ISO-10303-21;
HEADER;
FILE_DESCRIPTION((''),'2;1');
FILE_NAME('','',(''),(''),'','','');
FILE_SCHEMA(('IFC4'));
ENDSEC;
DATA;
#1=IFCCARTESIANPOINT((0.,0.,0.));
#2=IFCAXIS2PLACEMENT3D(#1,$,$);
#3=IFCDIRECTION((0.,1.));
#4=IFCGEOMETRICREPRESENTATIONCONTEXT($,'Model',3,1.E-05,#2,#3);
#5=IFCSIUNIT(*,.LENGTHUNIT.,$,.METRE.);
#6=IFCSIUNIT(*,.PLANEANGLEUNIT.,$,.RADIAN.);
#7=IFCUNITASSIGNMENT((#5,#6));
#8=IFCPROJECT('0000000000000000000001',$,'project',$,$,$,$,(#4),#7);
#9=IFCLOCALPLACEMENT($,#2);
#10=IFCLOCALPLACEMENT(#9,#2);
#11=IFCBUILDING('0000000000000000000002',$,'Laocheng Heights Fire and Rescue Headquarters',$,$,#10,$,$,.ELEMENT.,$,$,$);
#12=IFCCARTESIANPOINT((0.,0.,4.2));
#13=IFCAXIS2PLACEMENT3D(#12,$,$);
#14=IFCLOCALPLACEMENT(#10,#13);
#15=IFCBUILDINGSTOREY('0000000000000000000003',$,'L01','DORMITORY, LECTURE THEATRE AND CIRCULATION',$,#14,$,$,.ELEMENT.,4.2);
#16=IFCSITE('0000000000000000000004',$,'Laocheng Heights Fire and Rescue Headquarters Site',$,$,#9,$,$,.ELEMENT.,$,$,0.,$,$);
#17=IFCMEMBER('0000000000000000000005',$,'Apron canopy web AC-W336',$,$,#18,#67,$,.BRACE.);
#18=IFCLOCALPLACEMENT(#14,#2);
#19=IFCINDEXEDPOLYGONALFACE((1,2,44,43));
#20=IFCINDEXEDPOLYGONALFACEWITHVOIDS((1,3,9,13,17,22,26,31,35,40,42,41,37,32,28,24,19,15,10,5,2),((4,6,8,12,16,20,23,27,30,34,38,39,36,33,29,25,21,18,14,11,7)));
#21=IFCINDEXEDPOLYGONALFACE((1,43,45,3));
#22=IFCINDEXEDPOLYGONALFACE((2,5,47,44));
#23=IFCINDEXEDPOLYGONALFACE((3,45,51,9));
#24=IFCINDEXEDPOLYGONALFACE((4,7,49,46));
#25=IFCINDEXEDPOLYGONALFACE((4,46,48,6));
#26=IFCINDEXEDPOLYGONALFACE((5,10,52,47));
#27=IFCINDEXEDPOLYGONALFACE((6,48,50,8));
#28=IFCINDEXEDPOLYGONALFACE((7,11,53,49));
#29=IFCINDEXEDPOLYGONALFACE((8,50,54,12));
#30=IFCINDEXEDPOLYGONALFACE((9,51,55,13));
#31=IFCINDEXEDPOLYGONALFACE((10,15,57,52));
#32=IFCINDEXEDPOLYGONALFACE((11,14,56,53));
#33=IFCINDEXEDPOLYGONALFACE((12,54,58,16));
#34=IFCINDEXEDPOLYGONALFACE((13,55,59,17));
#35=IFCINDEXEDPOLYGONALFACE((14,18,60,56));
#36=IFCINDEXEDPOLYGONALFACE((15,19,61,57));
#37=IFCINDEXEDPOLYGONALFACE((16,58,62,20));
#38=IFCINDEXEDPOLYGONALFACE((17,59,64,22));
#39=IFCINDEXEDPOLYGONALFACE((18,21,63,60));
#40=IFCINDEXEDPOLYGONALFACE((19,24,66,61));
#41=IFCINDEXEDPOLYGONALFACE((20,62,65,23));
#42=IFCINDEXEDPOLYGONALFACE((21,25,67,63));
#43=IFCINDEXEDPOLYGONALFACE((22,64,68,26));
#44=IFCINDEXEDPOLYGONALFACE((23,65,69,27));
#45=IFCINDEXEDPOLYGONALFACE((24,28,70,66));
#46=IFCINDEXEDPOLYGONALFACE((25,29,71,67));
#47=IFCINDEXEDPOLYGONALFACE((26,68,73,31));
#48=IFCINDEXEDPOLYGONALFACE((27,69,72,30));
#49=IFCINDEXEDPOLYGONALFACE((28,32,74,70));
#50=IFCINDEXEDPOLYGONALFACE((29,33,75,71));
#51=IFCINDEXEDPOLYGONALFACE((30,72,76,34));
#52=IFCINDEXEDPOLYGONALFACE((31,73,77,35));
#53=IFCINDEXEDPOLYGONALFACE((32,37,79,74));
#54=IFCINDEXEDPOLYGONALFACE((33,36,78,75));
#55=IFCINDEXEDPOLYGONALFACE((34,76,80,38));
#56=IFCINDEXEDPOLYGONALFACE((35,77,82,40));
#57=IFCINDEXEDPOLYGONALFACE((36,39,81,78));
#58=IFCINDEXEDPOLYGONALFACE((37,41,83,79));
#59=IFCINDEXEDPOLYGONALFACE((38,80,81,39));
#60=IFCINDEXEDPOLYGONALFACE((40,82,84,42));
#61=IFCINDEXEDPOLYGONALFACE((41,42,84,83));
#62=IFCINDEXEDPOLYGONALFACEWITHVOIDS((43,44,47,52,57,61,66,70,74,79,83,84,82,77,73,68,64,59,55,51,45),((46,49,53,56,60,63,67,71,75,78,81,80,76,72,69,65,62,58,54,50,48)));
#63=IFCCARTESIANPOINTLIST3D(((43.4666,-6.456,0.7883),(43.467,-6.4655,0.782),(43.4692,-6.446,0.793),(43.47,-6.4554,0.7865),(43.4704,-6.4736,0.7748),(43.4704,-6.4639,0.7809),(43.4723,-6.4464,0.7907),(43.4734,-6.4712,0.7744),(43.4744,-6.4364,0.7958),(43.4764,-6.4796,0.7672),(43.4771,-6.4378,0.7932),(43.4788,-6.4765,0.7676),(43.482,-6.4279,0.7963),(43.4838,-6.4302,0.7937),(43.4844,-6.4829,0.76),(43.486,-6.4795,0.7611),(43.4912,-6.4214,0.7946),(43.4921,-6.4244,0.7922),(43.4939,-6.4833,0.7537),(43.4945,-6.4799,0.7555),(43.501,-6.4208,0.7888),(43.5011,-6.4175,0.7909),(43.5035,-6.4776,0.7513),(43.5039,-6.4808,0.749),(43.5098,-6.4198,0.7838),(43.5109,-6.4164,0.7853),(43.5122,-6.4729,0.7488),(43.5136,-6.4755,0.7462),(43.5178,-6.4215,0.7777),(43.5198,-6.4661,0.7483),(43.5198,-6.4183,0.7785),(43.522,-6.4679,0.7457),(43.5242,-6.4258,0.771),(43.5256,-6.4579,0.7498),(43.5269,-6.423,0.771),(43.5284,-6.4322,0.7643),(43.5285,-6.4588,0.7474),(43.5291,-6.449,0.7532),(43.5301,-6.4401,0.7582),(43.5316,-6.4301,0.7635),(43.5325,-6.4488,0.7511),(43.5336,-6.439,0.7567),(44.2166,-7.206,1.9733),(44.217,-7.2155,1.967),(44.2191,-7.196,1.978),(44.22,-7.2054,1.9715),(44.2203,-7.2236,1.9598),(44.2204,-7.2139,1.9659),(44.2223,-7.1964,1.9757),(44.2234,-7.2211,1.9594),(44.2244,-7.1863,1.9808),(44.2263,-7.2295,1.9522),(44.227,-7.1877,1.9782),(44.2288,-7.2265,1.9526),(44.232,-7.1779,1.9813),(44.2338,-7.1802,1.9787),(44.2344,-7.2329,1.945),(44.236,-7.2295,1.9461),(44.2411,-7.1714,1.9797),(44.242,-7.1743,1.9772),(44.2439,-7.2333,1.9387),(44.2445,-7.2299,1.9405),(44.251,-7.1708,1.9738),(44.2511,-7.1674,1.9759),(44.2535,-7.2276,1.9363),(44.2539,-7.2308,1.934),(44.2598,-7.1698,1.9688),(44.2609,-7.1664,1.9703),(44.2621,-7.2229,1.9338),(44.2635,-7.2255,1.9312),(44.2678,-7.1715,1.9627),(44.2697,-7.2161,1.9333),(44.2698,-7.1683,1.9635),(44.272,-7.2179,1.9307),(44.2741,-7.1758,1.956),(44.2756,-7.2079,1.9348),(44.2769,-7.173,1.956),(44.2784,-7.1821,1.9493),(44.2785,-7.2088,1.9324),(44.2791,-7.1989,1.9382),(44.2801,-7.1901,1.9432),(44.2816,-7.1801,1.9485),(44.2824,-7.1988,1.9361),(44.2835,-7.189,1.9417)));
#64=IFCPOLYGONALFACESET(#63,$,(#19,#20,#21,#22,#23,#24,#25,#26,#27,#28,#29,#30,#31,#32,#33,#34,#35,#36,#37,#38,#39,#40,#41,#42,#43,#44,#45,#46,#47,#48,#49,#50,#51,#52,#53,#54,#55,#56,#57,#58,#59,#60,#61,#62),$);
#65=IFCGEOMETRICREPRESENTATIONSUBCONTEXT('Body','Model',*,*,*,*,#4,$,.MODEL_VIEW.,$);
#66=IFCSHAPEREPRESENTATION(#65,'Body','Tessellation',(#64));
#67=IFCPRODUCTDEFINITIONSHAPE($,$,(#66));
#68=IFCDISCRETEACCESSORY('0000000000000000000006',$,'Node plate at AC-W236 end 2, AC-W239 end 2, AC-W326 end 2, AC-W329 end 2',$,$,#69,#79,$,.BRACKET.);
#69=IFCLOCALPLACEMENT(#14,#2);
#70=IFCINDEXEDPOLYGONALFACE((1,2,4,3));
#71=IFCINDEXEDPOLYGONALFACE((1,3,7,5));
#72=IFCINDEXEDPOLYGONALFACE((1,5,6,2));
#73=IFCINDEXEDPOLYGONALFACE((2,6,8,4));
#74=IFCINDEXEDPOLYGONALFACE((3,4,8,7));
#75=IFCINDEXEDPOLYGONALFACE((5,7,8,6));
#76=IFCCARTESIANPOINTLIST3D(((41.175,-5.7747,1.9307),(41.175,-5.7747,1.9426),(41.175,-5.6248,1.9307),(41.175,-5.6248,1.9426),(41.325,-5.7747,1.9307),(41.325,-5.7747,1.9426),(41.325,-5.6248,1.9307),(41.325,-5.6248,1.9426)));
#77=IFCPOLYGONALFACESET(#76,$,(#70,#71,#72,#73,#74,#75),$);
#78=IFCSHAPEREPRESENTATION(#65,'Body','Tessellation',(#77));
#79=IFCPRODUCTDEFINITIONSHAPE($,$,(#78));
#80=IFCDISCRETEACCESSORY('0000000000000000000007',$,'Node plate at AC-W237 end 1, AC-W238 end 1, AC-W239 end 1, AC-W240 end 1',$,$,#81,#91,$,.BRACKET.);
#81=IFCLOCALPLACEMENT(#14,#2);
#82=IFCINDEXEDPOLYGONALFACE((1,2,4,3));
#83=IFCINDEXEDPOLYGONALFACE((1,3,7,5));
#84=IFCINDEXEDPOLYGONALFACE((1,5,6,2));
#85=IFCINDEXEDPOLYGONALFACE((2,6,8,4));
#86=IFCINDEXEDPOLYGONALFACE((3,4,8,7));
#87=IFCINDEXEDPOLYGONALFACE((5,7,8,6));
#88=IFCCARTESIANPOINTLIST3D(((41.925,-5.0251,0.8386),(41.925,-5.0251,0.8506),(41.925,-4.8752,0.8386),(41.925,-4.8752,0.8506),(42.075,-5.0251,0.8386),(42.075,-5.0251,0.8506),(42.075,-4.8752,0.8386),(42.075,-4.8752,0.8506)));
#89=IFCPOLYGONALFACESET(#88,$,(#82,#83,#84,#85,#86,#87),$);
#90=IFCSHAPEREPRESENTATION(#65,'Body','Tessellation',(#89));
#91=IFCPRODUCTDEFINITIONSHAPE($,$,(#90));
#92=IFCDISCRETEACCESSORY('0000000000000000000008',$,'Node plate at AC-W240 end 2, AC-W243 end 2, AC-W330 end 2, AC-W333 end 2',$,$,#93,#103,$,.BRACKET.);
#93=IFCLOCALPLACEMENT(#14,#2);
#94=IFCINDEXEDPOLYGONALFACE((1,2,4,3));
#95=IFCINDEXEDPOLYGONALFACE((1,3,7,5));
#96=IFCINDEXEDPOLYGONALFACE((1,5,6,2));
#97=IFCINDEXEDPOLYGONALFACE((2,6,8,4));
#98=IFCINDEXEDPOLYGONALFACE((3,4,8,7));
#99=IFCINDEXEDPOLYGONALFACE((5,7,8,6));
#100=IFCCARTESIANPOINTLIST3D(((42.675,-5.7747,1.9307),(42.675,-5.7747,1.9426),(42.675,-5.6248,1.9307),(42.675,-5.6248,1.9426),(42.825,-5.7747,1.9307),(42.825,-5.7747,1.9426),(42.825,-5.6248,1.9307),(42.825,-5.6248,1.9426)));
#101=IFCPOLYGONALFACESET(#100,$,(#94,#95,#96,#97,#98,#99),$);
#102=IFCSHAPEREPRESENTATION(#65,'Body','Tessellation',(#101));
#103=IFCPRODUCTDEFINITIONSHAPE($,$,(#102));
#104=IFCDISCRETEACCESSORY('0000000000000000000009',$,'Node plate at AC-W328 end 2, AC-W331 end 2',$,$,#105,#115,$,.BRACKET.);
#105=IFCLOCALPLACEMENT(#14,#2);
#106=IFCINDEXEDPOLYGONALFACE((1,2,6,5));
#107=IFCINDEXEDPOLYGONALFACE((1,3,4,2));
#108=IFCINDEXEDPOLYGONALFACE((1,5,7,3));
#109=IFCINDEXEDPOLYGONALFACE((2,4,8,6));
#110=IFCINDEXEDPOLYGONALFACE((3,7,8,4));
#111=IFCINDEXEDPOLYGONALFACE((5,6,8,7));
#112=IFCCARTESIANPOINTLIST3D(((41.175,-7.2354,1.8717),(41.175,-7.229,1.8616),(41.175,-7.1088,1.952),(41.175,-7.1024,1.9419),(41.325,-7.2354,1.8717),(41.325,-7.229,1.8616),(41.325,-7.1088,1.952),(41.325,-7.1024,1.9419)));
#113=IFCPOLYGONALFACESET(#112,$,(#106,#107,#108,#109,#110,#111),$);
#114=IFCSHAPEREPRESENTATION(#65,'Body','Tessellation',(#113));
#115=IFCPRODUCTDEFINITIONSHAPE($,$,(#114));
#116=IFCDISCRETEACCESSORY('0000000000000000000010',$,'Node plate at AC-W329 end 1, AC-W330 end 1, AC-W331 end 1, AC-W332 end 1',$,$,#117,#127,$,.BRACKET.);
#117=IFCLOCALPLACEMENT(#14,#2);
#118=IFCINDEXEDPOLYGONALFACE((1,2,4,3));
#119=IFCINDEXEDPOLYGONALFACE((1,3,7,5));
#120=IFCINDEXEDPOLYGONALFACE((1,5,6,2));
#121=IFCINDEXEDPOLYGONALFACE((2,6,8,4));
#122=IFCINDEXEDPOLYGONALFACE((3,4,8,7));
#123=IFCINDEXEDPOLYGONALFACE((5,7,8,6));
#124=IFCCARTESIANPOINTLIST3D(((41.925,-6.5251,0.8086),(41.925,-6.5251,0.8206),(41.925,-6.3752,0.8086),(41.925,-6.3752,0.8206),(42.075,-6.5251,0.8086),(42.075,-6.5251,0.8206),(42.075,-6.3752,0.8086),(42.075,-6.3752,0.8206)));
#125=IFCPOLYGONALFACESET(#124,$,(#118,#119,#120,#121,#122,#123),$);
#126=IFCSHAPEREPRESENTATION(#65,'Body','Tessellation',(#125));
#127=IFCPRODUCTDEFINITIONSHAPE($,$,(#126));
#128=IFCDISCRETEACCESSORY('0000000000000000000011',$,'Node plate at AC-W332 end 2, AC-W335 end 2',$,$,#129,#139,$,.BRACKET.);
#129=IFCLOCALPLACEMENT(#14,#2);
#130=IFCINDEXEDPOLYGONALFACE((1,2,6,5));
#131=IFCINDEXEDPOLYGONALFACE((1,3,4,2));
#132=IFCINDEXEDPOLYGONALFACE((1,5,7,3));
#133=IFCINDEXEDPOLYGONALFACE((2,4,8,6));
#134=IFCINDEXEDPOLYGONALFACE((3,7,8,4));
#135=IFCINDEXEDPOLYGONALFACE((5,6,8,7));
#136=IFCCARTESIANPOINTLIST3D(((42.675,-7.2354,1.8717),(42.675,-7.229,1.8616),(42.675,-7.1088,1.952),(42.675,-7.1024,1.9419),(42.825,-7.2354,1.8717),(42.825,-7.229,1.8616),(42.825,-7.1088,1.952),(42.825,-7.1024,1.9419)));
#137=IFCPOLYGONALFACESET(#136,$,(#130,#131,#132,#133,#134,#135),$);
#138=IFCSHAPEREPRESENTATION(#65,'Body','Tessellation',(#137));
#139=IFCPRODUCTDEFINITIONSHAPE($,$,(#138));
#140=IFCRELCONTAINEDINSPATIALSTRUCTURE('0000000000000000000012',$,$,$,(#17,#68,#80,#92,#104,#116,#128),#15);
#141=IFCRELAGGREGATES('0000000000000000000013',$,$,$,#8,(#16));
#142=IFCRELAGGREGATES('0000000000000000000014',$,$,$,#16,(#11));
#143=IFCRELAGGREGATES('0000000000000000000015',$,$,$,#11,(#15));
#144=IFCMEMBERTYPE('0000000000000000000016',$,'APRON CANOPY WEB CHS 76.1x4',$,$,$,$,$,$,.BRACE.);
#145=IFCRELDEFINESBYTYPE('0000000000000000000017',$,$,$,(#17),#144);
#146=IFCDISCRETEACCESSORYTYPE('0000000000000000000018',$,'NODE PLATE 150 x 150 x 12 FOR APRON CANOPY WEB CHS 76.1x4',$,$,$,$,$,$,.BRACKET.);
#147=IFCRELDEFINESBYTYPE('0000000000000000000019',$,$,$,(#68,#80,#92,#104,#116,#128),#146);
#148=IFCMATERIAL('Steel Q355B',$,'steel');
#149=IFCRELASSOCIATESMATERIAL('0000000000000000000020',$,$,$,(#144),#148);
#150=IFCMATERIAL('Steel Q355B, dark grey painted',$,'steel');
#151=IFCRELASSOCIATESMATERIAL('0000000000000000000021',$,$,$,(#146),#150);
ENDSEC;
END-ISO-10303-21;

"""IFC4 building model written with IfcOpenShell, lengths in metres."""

from ifc_helpers import new_model, si_unit, direction, frame, origin, origin_2d, place, context, subcontext, project, spatial, rectangle, hollow_circle, extrude, material, material_profile, profile_set, type_object, element, save


model = new_model("IFC4")

# Units and contexts
model_context = context("Model", 3, precision=1e-05, world=origin(), true_north=direction((0.0, 1.0)))
body_context = subcontext(model_context, "Body", "Model", "MODEL_VIEW")
ifc_project = project(units=[si_unit("LENGTHUNIT", "METRE"), si_unit("PLANEANGLEUNIT", "RADIAN")], contexts=[model_context])

# Site, building, storey
site_placement = place(None, origin())
site = spatial("IfcSite", under=ifc_project, at=site_placement, Name="Laocheng Heights Fire and Rescue Headquarters Site", CompositionType="ELEMENT", RefElevation=0.0)
building_placement = place(site_placement, origin())
building = spatial("IfcBuilding", under=site, at=building_placement, Name="Laocheng Heights Fire and Rescue Headquarters", CompositionType="ELEMENT")
storey_placement = place(building_placement, frame((0.0, 0.0, 4.2)))
storey = spatial("IfcBuildingStorey", under=building, at=storey_placement, Name="L01", Description="DORMITORY, LECTURE THEATRE AND CIRCULATION", CompositionType="ELEMENT", Elevation=4.2)

# Member
ifc_material_1 = material(Name="Steel Q355B", Category="steel")
ifc_material_profile_1 = material_profile(ifc_material_1, hollow_circle(Radius=0.0381, WallThickness=0.0039, at=origin_2d()), Name="CHS 76.1x4")
ifc_profile_set_1 = profile_set([ifc_material_profile_1], Name="Steel Q355B")
member_type_1 = type_object("IfcMemberType", Name="APRON CANOPY WEB CHS 76.1x4", PredefinedType="BRACE", material=ifc_profile_set_1)
for number, where, z_axis, x_axis, name in (
    (1, (43.5, -6.45, 0.771), (0.47158, -0.47158, 0.745134), (0.707107, 0.707107, 0.0), "Apron canopy web AC-W336"),
):
    element("IfcMember", number, at=place(storey_placement, frame(where, z_axis=z_axis, x_axis=x_axis)), inside=storey, type_object=member_type_1, Name=name, PredefinedType="BRACE", context=body_context, shape_type="SweptSolid", body=[
        extrude(hollow_circle(Radius=0.0381, WallThickness=0.0039, at=origin_2d()), origin(), (0.0, 0.0, 1.0), 1.5903),
    ])

# Discrete accessories
ifc_material_2 = material(Name="Steel Q355B, dark grey painted", Category="steel")
ifc_material_profile_2 = material_profile(ifc_material_2, rectangle(XDim=0.1499, YDim=0.1499, at=origin_2d()), Name="NODE PLATE 150 x 150 x 12 FOR APRON CANOPY WEB CHS 76.1x4")
ifc_profile_set_2 = profile_set([ifc_material_profile_2], Name="Steel Q355B, dark grey painted")
discrete_accessory_type = type_object("IfcDiscreteAccessoryType", Name="NODE PLATE 150 x 150 x 12 FOR APRON CANOPY WEB CHS 76.1x4", PredefinedType="BRACKET", material=ifc_profile_set_2)
for number, where, z_axis, x_axis, name in (
    (2, (41.25, -5.6997, 1.9426), (0.0, 0.0, -1.0), (1.0, 0.0, 0.0), "Node plate at AC-W236 end 2, AC-W239 end 2, AC-W326 end 2, AC-W329 end 2"),
    (3, (42.0, -4.9502, 0.8386), (0.0, 0.0, 1.0), (1.0, 0.0, 0.0), "Node plate at AC-W237 end 1, AC-W238 end 1, AC-W239 end 1, AC-W240 end 1"),
    (4, (42.75, -5.6997, 1.9426), (0.0, 0.0, -1.0), (1.0, 0.0, 0.0), "Node plate at AC-W240 end 2, AC-W243 end 2, AC-W330 end 2, AC-W333 end 2"),
    (5, (41.25, -7.1721, 1.9119), (0.0, 0.535542, -0.844509), (-1.0, 0.0, 0.0), "Node plate at AC-W328 end 2, AC-W331 end 2"),
    (6, (42.0, -6.4502, 0.8086), (0.0, 0.0, 1.0), (1.0, 0.0, 0.0), "Node plate at AC-W329 end 1, AC-W330 end 1, AC-W331 end 1, AC-W332 end 1"),
    (7, (42.75, -7.1721, 1.9119), (0.0, 0.535542, -0.844509), (-1.0, 0.0, 0.0), "Node plate at AC-W332 end 2, AC-W335 end 2"),
):
    element("IfcDiscreteAccessory", number, at=place(storey_placement, frame(where, z_axis=z_axis, x_axis=x_axis)), inside=storey, type_object=discrete_accessory_type, Name=name, PredefinedType="BRACKET", context=body_context, shape_type="SweptSolid", body=[
        extrude(rectangle(XDim=0.1499, YDim=0.1499, at=origin_2d()), origin(), (0.0, 0.0, 1.0), 0.012),
    ])

save(model, "model.ifc")
